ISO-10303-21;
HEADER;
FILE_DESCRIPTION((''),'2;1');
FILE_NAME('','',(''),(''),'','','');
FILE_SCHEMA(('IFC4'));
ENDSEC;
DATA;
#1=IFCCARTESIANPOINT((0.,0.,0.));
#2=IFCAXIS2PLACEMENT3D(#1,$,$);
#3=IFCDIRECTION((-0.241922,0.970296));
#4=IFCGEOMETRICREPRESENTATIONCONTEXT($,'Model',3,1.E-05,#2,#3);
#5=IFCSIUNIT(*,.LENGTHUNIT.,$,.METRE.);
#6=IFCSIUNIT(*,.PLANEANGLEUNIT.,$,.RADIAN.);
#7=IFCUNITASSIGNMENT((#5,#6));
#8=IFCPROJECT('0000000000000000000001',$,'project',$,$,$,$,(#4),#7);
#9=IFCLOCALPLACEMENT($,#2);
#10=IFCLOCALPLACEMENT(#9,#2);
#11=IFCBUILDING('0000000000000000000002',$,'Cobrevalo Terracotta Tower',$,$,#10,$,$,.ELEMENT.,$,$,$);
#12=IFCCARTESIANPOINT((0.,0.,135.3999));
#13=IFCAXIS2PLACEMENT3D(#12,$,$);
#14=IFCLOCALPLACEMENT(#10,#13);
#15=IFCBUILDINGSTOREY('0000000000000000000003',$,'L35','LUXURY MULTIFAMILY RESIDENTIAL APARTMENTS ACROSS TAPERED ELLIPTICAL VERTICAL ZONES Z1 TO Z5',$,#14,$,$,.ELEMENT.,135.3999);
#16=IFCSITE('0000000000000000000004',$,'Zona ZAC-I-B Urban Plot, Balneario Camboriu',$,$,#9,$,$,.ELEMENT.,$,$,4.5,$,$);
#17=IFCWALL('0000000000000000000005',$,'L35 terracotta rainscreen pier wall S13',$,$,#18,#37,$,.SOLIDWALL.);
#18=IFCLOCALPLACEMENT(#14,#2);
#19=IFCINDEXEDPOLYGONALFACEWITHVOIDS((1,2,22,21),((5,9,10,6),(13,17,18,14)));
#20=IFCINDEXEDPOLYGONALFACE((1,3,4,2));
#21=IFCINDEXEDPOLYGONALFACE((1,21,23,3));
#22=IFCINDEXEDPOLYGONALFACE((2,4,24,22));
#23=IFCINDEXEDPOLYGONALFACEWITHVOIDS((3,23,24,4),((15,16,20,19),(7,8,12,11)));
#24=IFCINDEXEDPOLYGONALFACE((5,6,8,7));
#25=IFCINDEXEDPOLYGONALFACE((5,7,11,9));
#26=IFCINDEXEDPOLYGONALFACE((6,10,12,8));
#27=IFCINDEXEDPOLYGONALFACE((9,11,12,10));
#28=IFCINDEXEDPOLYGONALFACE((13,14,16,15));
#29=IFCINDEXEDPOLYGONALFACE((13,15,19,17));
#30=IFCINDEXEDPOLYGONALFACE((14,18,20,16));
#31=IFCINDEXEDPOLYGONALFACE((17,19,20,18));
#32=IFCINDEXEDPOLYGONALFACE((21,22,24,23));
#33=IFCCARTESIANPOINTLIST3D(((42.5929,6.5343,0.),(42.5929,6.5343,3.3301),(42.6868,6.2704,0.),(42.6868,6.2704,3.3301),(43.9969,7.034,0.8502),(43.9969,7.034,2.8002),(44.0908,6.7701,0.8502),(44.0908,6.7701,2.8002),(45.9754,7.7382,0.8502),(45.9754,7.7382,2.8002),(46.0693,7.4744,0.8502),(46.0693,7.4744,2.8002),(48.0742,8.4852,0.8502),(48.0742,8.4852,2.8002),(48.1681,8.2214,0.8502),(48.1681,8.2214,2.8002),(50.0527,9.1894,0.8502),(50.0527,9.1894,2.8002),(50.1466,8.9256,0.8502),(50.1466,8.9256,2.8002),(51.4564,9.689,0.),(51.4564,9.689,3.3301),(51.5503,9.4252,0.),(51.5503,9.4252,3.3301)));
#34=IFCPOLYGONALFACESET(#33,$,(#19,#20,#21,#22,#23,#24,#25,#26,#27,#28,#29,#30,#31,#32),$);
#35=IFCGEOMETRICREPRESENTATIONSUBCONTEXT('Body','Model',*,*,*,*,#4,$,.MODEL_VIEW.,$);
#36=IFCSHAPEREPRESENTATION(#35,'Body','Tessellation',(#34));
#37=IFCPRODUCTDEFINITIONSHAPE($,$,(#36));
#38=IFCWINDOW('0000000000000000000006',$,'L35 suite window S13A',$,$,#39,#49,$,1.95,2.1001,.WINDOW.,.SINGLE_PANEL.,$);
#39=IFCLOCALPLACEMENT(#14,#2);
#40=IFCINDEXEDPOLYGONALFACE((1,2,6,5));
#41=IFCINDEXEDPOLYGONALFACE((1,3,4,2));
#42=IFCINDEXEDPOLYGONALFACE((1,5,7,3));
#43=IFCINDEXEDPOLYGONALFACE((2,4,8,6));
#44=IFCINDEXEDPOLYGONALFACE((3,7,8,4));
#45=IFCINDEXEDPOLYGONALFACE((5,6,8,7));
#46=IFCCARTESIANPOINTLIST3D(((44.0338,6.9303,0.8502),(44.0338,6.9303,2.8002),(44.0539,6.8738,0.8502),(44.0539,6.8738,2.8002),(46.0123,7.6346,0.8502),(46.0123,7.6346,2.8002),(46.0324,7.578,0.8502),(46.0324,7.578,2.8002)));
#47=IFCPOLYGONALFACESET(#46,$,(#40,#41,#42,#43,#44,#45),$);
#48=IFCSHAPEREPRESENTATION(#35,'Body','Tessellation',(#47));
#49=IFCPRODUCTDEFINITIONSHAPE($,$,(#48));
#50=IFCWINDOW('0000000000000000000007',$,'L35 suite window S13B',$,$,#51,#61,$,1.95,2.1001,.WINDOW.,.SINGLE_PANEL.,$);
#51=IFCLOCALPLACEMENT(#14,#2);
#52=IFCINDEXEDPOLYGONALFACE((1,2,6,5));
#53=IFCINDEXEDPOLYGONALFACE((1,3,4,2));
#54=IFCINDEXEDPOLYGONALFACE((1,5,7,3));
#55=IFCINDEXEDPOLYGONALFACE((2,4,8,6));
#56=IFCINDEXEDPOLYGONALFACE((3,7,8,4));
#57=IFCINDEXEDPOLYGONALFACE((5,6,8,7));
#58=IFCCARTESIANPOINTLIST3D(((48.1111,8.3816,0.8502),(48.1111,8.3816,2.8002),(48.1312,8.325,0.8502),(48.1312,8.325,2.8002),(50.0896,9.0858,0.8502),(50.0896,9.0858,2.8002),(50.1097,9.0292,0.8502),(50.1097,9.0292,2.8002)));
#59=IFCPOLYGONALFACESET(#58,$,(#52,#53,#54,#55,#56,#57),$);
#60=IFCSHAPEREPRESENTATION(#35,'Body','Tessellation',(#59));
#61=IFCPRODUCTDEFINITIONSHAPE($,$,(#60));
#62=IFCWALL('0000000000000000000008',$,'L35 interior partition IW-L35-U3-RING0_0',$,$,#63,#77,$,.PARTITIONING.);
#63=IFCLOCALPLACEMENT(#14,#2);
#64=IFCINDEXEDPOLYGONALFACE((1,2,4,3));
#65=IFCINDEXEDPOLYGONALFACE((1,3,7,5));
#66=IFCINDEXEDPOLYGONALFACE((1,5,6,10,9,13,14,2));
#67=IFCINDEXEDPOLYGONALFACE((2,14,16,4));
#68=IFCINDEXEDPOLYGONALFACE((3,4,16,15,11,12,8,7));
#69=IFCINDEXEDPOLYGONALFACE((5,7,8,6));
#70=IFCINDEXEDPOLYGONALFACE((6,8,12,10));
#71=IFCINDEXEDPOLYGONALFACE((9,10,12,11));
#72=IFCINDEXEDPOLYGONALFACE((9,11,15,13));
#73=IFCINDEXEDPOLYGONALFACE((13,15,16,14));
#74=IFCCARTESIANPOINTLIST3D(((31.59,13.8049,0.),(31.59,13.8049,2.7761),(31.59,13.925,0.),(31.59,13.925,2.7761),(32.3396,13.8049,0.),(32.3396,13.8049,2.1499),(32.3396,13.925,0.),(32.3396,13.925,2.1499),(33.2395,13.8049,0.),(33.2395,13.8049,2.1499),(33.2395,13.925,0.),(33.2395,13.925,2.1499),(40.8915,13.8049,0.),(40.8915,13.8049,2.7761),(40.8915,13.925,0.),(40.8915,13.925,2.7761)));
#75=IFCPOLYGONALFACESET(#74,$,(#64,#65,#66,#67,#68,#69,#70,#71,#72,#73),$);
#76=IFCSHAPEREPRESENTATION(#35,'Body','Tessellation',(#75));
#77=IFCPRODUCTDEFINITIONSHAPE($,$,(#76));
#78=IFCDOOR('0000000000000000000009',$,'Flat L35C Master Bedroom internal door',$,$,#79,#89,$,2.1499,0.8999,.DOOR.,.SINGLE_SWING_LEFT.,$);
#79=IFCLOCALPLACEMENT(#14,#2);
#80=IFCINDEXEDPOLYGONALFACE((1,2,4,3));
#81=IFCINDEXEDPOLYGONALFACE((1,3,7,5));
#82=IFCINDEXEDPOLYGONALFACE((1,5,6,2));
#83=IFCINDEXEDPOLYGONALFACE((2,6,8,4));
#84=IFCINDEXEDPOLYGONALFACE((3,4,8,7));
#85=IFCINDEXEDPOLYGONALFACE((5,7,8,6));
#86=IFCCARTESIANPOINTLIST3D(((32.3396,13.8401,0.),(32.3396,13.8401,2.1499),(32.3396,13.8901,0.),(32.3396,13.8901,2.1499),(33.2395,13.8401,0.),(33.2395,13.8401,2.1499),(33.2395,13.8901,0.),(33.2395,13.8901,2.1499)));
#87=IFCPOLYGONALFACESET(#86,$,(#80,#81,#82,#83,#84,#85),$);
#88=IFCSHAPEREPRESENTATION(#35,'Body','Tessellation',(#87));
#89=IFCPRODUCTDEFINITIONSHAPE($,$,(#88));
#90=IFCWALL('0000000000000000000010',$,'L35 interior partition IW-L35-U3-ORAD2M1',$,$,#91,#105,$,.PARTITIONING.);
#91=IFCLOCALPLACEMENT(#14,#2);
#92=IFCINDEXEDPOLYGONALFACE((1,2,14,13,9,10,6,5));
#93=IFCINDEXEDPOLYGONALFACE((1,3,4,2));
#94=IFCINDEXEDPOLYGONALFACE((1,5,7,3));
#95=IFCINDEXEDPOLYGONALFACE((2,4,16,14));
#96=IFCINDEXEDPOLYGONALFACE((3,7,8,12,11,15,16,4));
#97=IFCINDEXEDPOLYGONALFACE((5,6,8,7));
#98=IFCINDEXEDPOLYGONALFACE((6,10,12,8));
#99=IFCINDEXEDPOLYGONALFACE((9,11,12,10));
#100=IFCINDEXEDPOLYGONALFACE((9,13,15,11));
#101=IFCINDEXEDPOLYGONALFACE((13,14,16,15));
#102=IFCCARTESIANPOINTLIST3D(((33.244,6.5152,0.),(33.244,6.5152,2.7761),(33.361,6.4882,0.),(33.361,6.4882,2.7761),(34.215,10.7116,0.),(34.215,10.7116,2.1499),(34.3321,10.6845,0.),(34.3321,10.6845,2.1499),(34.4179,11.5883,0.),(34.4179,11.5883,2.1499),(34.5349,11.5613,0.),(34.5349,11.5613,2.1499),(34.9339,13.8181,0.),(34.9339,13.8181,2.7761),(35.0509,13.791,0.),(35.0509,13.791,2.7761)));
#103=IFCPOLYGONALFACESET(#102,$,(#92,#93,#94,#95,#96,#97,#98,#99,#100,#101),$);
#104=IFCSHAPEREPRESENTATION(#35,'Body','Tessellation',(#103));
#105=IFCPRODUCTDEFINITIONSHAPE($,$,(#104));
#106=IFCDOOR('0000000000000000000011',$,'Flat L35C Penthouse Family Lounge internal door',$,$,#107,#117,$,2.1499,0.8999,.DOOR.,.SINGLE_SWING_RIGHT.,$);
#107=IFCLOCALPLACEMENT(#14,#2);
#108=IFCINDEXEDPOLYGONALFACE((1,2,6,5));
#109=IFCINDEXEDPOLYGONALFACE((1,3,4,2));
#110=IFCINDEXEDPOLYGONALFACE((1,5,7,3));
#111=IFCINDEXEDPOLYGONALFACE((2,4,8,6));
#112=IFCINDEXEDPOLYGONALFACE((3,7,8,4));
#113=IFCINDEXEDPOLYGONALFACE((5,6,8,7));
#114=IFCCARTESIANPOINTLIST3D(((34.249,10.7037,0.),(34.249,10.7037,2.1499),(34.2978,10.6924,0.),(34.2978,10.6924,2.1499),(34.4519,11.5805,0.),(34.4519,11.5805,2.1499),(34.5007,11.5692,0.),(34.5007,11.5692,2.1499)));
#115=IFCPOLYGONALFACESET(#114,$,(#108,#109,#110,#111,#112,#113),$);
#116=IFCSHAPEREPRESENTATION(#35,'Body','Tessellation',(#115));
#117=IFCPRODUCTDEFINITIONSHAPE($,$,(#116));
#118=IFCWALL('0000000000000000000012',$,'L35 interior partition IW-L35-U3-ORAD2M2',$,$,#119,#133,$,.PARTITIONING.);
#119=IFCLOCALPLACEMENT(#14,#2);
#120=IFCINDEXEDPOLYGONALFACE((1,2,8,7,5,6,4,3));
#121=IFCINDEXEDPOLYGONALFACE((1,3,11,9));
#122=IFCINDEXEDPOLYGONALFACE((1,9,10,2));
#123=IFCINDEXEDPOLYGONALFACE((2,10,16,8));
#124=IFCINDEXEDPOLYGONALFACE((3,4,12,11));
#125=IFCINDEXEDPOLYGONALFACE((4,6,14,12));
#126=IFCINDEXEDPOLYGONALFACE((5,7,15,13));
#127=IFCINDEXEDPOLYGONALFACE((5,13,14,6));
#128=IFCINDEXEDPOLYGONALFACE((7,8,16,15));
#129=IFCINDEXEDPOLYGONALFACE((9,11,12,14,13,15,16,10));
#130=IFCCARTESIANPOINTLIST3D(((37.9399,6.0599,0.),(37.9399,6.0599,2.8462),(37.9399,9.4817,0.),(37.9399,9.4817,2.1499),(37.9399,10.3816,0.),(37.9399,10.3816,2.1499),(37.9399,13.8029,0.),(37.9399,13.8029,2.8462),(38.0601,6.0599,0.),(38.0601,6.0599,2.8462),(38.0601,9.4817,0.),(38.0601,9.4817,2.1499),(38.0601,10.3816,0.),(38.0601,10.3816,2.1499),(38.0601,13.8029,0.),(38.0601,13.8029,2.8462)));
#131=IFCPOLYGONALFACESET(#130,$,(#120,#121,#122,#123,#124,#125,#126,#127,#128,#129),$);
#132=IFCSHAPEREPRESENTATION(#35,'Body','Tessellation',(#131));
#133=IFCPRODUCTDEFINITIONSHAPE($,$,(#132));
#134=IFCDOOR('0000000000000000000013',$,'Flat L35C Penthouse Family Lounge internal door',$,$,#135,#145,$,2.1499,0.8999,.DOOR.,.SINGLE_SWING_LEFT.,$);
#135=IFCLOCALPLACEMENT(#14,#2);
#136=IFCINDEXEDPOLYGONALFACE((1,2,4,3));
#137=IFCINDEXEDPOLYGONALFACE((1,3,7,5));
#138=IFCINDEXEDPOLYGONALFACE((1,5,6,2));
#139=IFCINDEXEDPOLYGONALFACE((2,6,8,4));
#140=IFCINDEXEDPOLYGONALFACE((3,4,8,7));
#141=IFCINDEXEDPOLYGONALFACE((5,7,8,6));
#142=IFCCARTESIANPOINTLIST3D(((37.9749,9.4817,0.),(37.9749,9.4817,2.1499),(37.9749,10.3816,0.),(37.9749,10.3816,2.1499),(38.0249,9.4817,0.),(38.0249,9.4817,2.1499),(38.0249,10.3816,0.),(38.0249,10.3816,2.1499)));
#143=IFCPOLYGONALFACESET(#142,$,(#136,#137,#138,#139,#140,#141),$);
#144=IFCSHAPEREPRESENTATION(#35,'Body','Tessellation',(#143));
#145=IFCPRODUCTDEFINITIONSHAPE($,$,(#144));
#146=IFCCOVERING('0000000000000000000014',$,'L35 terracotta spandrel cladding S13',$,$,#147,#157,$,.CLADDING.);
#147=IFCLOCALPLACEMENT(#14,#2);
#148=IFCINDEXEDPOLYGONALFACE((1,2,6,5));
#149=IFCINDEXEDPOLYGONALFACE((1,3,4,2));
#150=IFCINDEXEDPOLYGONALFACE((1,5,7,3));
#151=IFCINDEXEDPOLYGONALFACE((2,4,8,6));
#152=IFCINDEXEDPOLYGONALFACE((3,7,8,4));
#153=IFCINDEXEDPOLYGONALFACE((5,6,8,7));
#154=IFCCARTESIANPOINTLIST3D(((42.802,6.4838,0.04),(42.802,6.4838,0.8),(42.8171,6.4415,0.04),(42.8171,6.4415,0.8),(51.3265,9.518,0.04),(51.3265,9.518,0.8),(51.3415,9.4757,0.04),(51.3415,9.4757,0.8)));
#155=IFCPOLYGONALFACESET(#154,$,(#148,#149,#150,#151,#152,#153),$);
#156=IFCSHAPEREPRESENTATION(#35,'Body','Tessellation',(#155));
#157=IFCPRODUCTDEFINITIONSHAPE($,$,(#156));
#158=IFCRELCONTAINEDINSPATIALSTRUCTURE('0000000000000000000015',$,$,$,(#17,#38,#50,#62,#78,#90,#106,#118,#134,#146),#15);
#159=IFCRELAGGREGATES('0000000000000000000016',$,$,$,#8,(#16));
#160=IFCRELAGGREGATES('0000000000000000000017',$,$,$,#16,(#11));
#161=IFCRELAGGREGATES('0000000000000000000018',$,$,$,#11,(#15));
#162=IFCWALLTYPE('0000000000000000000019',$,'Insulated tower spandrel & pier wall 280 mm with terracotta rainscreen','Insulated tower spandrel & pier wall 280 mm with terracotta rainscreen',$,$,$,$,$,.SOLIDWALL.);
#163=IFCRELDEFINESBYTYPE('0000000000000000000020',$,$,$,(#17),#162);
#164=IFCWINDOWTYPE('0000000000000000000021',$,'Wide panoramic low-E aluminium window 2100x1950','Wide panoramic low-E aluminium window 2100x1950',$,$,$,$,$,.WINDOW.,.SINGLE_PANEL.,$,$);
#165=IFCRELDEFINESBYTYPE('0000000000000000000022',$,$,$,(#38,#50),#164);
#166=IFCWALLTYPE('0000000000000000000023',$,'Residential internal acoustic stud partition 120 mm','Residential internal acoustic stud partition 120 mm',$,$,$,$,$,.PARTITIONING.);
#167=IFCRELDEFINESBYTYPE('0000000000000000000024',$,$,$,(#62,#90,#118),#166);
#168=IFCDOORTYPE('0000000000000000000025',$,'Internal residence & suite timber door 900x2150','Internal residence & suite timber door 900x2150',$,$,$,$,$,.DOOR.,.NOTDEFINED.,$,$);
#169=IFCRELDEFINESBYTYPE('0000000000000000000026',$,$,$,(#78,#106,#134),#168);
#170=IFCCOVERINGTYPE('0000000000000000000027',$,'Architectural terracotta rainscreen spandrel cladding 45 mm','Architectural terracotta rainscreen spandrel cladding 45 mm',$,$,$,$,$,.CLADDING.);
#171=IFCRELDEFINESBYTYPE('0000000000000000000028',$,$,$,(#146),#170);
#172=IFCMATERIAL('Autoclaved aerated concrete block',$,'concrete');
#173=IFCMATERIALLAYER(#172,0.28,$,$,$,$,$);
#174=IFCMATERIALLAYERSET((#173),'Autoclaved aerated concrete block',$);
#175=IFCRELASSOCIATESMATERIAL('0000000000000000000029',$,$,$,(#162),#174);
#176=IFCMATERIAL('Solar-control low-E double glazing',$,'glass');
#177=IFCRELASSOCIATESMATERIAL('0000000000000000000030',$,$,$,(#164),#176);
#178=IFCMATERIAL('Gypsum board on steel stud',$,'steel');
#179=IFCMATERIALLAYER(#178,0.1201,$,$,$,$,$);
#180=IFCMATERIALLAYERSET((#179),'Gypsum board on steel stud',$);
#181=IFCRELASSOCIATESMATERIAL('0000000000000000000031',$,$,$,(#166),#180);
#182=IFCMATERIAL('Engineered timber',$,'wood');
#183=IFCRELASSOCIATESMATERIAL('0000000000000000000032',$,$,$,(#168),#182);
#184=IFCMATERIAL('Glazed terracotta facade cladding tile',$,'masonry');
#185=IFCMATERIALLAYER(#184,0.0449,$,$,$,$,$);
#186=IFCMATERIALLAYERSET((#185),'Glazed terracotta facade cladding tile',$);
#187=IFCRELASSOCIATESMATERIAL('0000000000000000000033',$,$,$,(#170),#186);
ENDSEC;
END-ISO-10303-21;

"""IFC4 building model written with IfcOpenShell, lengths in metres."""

from ifc_helpers import new_model, si_unit, direction, frame, frame_2d, origin, origin_2d, place, context, subcontext, project, spatial, rectangle, extrude, source, transform, mapped, material, layer, layer_set, type_object, element, fill, save


model = new_model("IFC4")

# Units and contexts
model_context = context("Model", 3, precision=1e-05, world=origin(), true_north=direction((-0.241922, 0.970296)))
body_context = subcontext(model_context, "Body", "Model", "MODEL_VIEW")
ifc_project = project(units=[si_unit("LENGTHUNIT", "METRE"), si_unit("PLANEANGLEUNIT", "RADIAN")], contexts=[model_context])

# Site, building, storey
site_placement = place(None, origin())
site = spatial("IfcSite", under=ifc_project, at=site_placement, Name="Zona ZAC-I-B Urban Plot, Balneario Camboriu", CompositionType="ELEMENT", RefElevation=4.5)
building_placement = place(site_placement, origin())
building = spatial("IfcBuilding", under=site, at=building_placement, Name="Cobrevalo Terracotta Tower", CompositionType="ELEMENT")
storey_placement = place(building_placement, frame((0.0, 0.0, 135.3999)))
storey = spatial("IfcBuildingStorey", under=building, at=storey_placement, Name="L35", Description="LUXURY MULTIFAMILY RESIDENTIAL APARTMENTS ACROSS TAPERED ELLIPTICAL VERTICAL ZONES Z1 TO Z5", CompositionType="ELEMENT", Elevation=135.3999)

# Shared definitions
ifc_material_1 = material(Name="Solar-control low-E double glazing", Category="glass")

# Shared definitions
ifc_material_2 = material(Name="Autoclaved aerated concrete block", Category="concrete")

# Wall, openings, windows
ifc_layer_1 = layer(ifc_material_2, 0.28)
ifc_layer_set_1 = layer_set([ifc_layer_1], Name="Autoclaved aerated concrete block")
wall_type_1 = type_object("IfcWallType", Name="Insulated tower spandrel & pier wall 280 mm with terracotta rainscreen", Description="Insulated tower spandrel & pier wall 280 mm with terracotta rainscreen", PredefinedType="SOLIDWALL", material=ifc_layer_set_1)
wall_1_placement = place(storey_placement, frame((42.6399, 6.4023, 0.0), z_axis=(0.0, 0.0, 1.0), x_axis=(0.942104, 0.335322, 0.0)))
wall_1 = element("IfcWall", 1, at=wall_1_placement, inside=storey, type_object=wall_type_1, Name="L35 terracotta rainscreen pier wall S13", PredefinedType="SOLIDWALL", context=body_context, shape_type="SweptSolid", body=[
    extrude(rectangle(XDim=9.4082, YDim=0.28, at=frame_2d((4.7041, 0.0))), origin(), (0.0, 0.0, 1.0), 3.3301),
])
opening_1_placement = place(wall_1_placement, frame((1.4902, 0.0, 0.8501)))
opening_1 = element("IfcOpeningElement", 2, at=opening_1_placement, cuts=wall_1, PredefinedType="OPENING", context=body_context, shape_type="SweptSolid", body=[
    extrude(rectangle(XDim=2.1001, YDim=1.95, at=frame_2d((1.05, 0.9751))), frame((0.0, 0.1499, 0.0), z_axis=(0.0, -1.0, 0.0), x_axis=(1.0, 0.0, 0.0)), (0.0, 0.0, 1.0), 0.3),
])
opening_2_placement = place(wall_1_placement, frame((5.8181, 0.0, 0.8501)))
opening_2 = element("IfcOpeningElement", 3, at=opening_2_placement, cuts=wall_1, PredefinedType="OPENING", context=body_context, shape_type="SweptSolid", body=[
    extrude(rectangle(XDim=2.1001, YDim=1.95, at=frame_2d((1.05, 0.9751))), frame((0.0, 0.1499, 0.0), z_axis=(0.0, -1.0, 0.0), x_axis=(1.0, 0.0, 0.0)), (0.0, 0.0, 1.0), 0.3),
])
window_type = type_object("IfcWindowType", Name="Wide panoramic low-E aluminium window 2100x1950", Description="Wide panoramic low-E aluminium window 2100x1950", PartitioningType="SINGLE_PANEL", PredefinedType="WINDOW", material=ifc_material_1)
shared_shape_1 = source(origin(), body_context, "Body", "SweptSolid", [
    extrude(rectangle(XDim=2.1001, YDim=1.95, at=frame_2d((1.05, 0.9751))), frame((0.0, 0.03, 0.0), z_axis=(0.0, -1.0, 0.0), x_axis=(1.0, 0.0, 0.0)), (0.0, 0.0, 1.0), 0.0601),
])
window_1_placement = place(opening_1_placement, origin())
window_1 = element("IfcWindow", 4, at=window_1_placement, inside=storey, type_object=window_type, Name="L35 suite window S13A", OverallHeight=1.95, OverallWidth=2.1001, PartitioningType="SINGLE_PANEL", PredefinedType="WINDOW", context=body_context, shape_type="MappedRepresentation", body=[
    mapped(shared_shape_1, transform((0.0, 0.0, 0.0), scale=1.0)),
])
fill(opening_1, window_1)
window_2_placement = place(opening_2_placement, origin())
window_2 = element("IfcWindow", 5, at=window_2_placement, inside=storey, type_object=window_type, Name="L35 suite window S13B", OverallHeight=1.95, OverallWidth=2.1001, PartitioningType="SINGLE_PANEL", PredefinedType="WINDOW", context=body_context, shape_type="MappedRepresentation", body=[
    mapped(shared_shape_1, transform((0.0, 0.0, 0.0), scale=1.0)),
])
fill(opening_2, window_2)

# Walls, openings, doors
ifc_material_3 = material(Name="Gypsum board on steel stud", Category="steel")
ifc_layer_2 = layer(ifc_material_3, 0.1201)
ifc_layer_set_2 = layer_set([ifc_layer_2], Name="Gypsum board on steel stud")
wall_type_2 = type_object("IfcWallType", Name="Residential internal acoustic stud partition 120 mm", Description="Residential internal acoustic stud partition 120 mm", PredefinedType="PARTITIONING", material=ifc_layer_set_2)
wall_2_placement = place(storey_placement, frame((40.8916, 13.865, 0.0), z_axis=(0.0, 0.0, 1.0), x_axis=(-1.0, 0.0, 0.0)))
wall_2 = element("IfcWall", 6, at=wall_2_placement, inside=storey, type_object=wall_type_2, Name="L35 interior partition IW-L35-U3-RING0_0", PredefinedType="PARTITIONING", context=body_context, shape_type="SweptSolid", body=[
    extrude(rectangle(XDim=9.3015, YDim=0.1201, at=frame_2d((4.6509, 0.0))), origin(), (0.0, 0.0, 1.0), 2.7761),
])
opening_3_placement = place(wall_2_placement, frame((7.6521, 0.0, 0.0)))
opening_3 = element("IfcOpeningElement", 7, at=opening_3_placement, cuts=wall_2, PredefinedType="OPENING", context=body_context, shape_type="SweptSolid", body=[
    extrude(rectangle(XDim=0.8999, YDim=2.1499, at=frame_2d((0.45, 1.075))), frame((0.0, 0.0701, 0.0), z_axis=(0.0, -1.0, 0.0), x_axis=(1.0, 0.0, 0.0)), (0.0, 0.0, 1.0), 0.1401),
])
ifc_material_4 = material(Name="Engineered timber", Category="wood")
door_type = type_object("IfcDoorType", Name="Internal residence & suite timber door 900x2150", Description="Internal residence & suite timber door 900x2150", OperationType="NOTDEFINED", PredefinedType="DOOR", material=ifc_material_4)
shared_shape_2 = source(origin(), body_context, "Body", "SweptSolid", [
    extrude(rectangle(XDim=0.8999, YDim=2.1499, at=frame_2d((0.45, 1.075))), frame((0.0, 0.0249, 0.0), z_axis=(0.0, -1.0, 0.0), x_axis=(1.0, 0.0, 0.0)), (0.0, 0.0, 1.0), 0.05),
])
door_1_placement = place(opening_3_placement, origin())
door_1 = element("IfcDoor", 8, at=door_1_placement, inside=storey, type_object=door_type, Name="Flat L35C Master Bedroom internal door", OperationType="SINGLE_SWING_LEFT", OverallHeight=2.1499, OverallWidth=0.8999, PredefinedType="DOOR", context=body_context, shape_type="MappedRepresentation", body=[
    mapped(shared_shape_2, transform((0.0, 0.0, 0.0), scale=1.0)),
])
fill(opening_3, door_1)
wall_3_placement = place(storey_placement, frame((34.9924, 13.8047, 0.0), z_axis=(0.0, 0.0, 1.0), x_axis=(-0.225447, -0.974255, 0.0)))
wall_3 = element("IfcWall", 9, at=wall_3_placement, inside=storey, type_object=wall_type_2, Name="L35 interior partition IW-L35-U3-ORAD2M1", PredefinedType="PARTITIONING", context=body_context, shape_type="SweptSolid", body=[
    extrude(rectangle(XDim=7.4958, YDim=0.1201, at=frame_2d((3.748, 0.0))), origin(), (0.0, 0.0, 1.0), 2.7761),
])
opening_4_placement = place(wall_3_placement, frame((2.2888, 0.0, 0.0)))
opening_4 = element("IfcOpeningElement", 10, at=opening_4_placement, cuts=wall_3, PredefinedType="OPENING", context=body_context, shape_type="SweptSolid", body=[
    extrude(rectangle(XDim=0.8999, YDim=2.1499, at=frame_2d((0.45, 1.075))), frame((0.0, 0.0701, 0.0), z_axis=(0.0, -1.0, 0.0), x_axis=(1.0, 0.0, 0.0)), (0.0, 0.0, 1.0), 0.1401),
])
door_2_placement = place(opening_4_placement, origin())
door_2 = element("IfcDoor", 11, at=door_2_placement, inside=storey, type_object=door_type, Name="Flat L35C Penthouse Family Lounge internal door", OperationType="SINGLE_SWING_RIGHT", OverallHeight=2.1499, OverallWidth=0.8999, PredefinedType="DOOR", context=body_context, shape_type="MappedRepresentation", body=[
    mapped(shared_shape_2, transform((0.0, 0.0, 0.0), scale=1.0)),
])
fill(opening_4, door_2)
wall_4_placement = place(storey_placement, frame((38.0, 13.803, 0.0), z_axis=(0.0, 0.0, 1.0), x_axis=(0.0, -1.0, 0.0)))
wall_4 = element("IfcWall", 12, at=wall_4_placement, inside=storey, type_object=wall_type_2, Name="L35 interior partition IW-L35-U3-ORAD2M2", PredefinedType="PARTITIONING", context=body_context, shape_type="SweptSolid", body=[
    extrude(rectangle(XDim=7.7429, YDim=0.1201, at=frame_2d((3.8716, 0.0))), origin(), (0.0, 0.0, 1.0), 2.8462),
])
opening_5_placement = place(wall_4_placement, frame((3.4214, 0.0, 0.0)))
opening_5 = element("IfcOpeningElement", 13, at=opening_5_placement, cuts=wall_4, PredefinedType="OPENING", context=body_context, shape_type="SweptSolid", body=[
    extrude(rectangle(XDim=0.8999, YDim=2.1499, at=frame_2d((0.45, 1.075))), frame((0.0, 0.0701, 0.0), z_axis=(0.0, -1.0, 0.0), x_axis=(1.0, 0.0, 0.0)), (0.0, 0.0, 1.0), 0.1401),
])
door_3_placement = place(opening_5_placement, origin())
door_3 = element("IfcDoor", 14, at=door_3_placement, inside=storey, type_object=door_type, Name="Flat L35C Penthouse Family Lounge internal door", OperationType="SINGLE_SWING_LEFT", OverallHeight=2.1499, OverallWidth=0.8999, PredefinedType="DOOR", context=body_context, shape_type="MappedRepresentation", body=[
    mapped(shared_shape_2, transform((0.0, 0.0, 0.0), scale=1.0)),
])
fill(opening_5, door_3)

# Covering
ifc_material_5 = material(Name="Glazed terracotta facade cladding tile", Category="masonry")
ifc_layer_3 = layer(ifc_material_5, 0.0449)
ifc_layer_set_3 = layer_set([ifc_layer_3], Name="Glazed terracotta facade cladding tile")
covering_type = type_object("IfcCoveringType", Name="Architectural terracotta rainscreen spandrel cladding 45 mm", Description="Architectural terracotta rainscreen spandrel cladding 45 mm", PredefinedType="CLADDING", material=ifc_layer_set_3)
shared_shape_3 = source(origin(), body_context, "Body", "SweptSolid", [
    extrude(rectangle(XDim=9.0483, YDim=0.0449, at=origin_2d()), origin(), (0.0, 0.0, 1.0), 0.76),
])
covering_placement = place(storey_placement, frame((47.0718, 7.9797, 0.04), z_axis=(0.0, 0.0, 1.0), x_axis=(0.942098, 0.335336, 0.0)))
element("IfcCovering", 15, at=covering_placement, inside=storey, type_object=covering_type, Name="L35 terracotta spandrel cladding S13", PredefinedType="CLADDING", context=body_context, shape_type="MappedRepresentation", body=[
    mapped(shared_shape_3, transform((0.0, 0.0, 0.0), scale=1.0)),
])

save(model, "model.ifc")
